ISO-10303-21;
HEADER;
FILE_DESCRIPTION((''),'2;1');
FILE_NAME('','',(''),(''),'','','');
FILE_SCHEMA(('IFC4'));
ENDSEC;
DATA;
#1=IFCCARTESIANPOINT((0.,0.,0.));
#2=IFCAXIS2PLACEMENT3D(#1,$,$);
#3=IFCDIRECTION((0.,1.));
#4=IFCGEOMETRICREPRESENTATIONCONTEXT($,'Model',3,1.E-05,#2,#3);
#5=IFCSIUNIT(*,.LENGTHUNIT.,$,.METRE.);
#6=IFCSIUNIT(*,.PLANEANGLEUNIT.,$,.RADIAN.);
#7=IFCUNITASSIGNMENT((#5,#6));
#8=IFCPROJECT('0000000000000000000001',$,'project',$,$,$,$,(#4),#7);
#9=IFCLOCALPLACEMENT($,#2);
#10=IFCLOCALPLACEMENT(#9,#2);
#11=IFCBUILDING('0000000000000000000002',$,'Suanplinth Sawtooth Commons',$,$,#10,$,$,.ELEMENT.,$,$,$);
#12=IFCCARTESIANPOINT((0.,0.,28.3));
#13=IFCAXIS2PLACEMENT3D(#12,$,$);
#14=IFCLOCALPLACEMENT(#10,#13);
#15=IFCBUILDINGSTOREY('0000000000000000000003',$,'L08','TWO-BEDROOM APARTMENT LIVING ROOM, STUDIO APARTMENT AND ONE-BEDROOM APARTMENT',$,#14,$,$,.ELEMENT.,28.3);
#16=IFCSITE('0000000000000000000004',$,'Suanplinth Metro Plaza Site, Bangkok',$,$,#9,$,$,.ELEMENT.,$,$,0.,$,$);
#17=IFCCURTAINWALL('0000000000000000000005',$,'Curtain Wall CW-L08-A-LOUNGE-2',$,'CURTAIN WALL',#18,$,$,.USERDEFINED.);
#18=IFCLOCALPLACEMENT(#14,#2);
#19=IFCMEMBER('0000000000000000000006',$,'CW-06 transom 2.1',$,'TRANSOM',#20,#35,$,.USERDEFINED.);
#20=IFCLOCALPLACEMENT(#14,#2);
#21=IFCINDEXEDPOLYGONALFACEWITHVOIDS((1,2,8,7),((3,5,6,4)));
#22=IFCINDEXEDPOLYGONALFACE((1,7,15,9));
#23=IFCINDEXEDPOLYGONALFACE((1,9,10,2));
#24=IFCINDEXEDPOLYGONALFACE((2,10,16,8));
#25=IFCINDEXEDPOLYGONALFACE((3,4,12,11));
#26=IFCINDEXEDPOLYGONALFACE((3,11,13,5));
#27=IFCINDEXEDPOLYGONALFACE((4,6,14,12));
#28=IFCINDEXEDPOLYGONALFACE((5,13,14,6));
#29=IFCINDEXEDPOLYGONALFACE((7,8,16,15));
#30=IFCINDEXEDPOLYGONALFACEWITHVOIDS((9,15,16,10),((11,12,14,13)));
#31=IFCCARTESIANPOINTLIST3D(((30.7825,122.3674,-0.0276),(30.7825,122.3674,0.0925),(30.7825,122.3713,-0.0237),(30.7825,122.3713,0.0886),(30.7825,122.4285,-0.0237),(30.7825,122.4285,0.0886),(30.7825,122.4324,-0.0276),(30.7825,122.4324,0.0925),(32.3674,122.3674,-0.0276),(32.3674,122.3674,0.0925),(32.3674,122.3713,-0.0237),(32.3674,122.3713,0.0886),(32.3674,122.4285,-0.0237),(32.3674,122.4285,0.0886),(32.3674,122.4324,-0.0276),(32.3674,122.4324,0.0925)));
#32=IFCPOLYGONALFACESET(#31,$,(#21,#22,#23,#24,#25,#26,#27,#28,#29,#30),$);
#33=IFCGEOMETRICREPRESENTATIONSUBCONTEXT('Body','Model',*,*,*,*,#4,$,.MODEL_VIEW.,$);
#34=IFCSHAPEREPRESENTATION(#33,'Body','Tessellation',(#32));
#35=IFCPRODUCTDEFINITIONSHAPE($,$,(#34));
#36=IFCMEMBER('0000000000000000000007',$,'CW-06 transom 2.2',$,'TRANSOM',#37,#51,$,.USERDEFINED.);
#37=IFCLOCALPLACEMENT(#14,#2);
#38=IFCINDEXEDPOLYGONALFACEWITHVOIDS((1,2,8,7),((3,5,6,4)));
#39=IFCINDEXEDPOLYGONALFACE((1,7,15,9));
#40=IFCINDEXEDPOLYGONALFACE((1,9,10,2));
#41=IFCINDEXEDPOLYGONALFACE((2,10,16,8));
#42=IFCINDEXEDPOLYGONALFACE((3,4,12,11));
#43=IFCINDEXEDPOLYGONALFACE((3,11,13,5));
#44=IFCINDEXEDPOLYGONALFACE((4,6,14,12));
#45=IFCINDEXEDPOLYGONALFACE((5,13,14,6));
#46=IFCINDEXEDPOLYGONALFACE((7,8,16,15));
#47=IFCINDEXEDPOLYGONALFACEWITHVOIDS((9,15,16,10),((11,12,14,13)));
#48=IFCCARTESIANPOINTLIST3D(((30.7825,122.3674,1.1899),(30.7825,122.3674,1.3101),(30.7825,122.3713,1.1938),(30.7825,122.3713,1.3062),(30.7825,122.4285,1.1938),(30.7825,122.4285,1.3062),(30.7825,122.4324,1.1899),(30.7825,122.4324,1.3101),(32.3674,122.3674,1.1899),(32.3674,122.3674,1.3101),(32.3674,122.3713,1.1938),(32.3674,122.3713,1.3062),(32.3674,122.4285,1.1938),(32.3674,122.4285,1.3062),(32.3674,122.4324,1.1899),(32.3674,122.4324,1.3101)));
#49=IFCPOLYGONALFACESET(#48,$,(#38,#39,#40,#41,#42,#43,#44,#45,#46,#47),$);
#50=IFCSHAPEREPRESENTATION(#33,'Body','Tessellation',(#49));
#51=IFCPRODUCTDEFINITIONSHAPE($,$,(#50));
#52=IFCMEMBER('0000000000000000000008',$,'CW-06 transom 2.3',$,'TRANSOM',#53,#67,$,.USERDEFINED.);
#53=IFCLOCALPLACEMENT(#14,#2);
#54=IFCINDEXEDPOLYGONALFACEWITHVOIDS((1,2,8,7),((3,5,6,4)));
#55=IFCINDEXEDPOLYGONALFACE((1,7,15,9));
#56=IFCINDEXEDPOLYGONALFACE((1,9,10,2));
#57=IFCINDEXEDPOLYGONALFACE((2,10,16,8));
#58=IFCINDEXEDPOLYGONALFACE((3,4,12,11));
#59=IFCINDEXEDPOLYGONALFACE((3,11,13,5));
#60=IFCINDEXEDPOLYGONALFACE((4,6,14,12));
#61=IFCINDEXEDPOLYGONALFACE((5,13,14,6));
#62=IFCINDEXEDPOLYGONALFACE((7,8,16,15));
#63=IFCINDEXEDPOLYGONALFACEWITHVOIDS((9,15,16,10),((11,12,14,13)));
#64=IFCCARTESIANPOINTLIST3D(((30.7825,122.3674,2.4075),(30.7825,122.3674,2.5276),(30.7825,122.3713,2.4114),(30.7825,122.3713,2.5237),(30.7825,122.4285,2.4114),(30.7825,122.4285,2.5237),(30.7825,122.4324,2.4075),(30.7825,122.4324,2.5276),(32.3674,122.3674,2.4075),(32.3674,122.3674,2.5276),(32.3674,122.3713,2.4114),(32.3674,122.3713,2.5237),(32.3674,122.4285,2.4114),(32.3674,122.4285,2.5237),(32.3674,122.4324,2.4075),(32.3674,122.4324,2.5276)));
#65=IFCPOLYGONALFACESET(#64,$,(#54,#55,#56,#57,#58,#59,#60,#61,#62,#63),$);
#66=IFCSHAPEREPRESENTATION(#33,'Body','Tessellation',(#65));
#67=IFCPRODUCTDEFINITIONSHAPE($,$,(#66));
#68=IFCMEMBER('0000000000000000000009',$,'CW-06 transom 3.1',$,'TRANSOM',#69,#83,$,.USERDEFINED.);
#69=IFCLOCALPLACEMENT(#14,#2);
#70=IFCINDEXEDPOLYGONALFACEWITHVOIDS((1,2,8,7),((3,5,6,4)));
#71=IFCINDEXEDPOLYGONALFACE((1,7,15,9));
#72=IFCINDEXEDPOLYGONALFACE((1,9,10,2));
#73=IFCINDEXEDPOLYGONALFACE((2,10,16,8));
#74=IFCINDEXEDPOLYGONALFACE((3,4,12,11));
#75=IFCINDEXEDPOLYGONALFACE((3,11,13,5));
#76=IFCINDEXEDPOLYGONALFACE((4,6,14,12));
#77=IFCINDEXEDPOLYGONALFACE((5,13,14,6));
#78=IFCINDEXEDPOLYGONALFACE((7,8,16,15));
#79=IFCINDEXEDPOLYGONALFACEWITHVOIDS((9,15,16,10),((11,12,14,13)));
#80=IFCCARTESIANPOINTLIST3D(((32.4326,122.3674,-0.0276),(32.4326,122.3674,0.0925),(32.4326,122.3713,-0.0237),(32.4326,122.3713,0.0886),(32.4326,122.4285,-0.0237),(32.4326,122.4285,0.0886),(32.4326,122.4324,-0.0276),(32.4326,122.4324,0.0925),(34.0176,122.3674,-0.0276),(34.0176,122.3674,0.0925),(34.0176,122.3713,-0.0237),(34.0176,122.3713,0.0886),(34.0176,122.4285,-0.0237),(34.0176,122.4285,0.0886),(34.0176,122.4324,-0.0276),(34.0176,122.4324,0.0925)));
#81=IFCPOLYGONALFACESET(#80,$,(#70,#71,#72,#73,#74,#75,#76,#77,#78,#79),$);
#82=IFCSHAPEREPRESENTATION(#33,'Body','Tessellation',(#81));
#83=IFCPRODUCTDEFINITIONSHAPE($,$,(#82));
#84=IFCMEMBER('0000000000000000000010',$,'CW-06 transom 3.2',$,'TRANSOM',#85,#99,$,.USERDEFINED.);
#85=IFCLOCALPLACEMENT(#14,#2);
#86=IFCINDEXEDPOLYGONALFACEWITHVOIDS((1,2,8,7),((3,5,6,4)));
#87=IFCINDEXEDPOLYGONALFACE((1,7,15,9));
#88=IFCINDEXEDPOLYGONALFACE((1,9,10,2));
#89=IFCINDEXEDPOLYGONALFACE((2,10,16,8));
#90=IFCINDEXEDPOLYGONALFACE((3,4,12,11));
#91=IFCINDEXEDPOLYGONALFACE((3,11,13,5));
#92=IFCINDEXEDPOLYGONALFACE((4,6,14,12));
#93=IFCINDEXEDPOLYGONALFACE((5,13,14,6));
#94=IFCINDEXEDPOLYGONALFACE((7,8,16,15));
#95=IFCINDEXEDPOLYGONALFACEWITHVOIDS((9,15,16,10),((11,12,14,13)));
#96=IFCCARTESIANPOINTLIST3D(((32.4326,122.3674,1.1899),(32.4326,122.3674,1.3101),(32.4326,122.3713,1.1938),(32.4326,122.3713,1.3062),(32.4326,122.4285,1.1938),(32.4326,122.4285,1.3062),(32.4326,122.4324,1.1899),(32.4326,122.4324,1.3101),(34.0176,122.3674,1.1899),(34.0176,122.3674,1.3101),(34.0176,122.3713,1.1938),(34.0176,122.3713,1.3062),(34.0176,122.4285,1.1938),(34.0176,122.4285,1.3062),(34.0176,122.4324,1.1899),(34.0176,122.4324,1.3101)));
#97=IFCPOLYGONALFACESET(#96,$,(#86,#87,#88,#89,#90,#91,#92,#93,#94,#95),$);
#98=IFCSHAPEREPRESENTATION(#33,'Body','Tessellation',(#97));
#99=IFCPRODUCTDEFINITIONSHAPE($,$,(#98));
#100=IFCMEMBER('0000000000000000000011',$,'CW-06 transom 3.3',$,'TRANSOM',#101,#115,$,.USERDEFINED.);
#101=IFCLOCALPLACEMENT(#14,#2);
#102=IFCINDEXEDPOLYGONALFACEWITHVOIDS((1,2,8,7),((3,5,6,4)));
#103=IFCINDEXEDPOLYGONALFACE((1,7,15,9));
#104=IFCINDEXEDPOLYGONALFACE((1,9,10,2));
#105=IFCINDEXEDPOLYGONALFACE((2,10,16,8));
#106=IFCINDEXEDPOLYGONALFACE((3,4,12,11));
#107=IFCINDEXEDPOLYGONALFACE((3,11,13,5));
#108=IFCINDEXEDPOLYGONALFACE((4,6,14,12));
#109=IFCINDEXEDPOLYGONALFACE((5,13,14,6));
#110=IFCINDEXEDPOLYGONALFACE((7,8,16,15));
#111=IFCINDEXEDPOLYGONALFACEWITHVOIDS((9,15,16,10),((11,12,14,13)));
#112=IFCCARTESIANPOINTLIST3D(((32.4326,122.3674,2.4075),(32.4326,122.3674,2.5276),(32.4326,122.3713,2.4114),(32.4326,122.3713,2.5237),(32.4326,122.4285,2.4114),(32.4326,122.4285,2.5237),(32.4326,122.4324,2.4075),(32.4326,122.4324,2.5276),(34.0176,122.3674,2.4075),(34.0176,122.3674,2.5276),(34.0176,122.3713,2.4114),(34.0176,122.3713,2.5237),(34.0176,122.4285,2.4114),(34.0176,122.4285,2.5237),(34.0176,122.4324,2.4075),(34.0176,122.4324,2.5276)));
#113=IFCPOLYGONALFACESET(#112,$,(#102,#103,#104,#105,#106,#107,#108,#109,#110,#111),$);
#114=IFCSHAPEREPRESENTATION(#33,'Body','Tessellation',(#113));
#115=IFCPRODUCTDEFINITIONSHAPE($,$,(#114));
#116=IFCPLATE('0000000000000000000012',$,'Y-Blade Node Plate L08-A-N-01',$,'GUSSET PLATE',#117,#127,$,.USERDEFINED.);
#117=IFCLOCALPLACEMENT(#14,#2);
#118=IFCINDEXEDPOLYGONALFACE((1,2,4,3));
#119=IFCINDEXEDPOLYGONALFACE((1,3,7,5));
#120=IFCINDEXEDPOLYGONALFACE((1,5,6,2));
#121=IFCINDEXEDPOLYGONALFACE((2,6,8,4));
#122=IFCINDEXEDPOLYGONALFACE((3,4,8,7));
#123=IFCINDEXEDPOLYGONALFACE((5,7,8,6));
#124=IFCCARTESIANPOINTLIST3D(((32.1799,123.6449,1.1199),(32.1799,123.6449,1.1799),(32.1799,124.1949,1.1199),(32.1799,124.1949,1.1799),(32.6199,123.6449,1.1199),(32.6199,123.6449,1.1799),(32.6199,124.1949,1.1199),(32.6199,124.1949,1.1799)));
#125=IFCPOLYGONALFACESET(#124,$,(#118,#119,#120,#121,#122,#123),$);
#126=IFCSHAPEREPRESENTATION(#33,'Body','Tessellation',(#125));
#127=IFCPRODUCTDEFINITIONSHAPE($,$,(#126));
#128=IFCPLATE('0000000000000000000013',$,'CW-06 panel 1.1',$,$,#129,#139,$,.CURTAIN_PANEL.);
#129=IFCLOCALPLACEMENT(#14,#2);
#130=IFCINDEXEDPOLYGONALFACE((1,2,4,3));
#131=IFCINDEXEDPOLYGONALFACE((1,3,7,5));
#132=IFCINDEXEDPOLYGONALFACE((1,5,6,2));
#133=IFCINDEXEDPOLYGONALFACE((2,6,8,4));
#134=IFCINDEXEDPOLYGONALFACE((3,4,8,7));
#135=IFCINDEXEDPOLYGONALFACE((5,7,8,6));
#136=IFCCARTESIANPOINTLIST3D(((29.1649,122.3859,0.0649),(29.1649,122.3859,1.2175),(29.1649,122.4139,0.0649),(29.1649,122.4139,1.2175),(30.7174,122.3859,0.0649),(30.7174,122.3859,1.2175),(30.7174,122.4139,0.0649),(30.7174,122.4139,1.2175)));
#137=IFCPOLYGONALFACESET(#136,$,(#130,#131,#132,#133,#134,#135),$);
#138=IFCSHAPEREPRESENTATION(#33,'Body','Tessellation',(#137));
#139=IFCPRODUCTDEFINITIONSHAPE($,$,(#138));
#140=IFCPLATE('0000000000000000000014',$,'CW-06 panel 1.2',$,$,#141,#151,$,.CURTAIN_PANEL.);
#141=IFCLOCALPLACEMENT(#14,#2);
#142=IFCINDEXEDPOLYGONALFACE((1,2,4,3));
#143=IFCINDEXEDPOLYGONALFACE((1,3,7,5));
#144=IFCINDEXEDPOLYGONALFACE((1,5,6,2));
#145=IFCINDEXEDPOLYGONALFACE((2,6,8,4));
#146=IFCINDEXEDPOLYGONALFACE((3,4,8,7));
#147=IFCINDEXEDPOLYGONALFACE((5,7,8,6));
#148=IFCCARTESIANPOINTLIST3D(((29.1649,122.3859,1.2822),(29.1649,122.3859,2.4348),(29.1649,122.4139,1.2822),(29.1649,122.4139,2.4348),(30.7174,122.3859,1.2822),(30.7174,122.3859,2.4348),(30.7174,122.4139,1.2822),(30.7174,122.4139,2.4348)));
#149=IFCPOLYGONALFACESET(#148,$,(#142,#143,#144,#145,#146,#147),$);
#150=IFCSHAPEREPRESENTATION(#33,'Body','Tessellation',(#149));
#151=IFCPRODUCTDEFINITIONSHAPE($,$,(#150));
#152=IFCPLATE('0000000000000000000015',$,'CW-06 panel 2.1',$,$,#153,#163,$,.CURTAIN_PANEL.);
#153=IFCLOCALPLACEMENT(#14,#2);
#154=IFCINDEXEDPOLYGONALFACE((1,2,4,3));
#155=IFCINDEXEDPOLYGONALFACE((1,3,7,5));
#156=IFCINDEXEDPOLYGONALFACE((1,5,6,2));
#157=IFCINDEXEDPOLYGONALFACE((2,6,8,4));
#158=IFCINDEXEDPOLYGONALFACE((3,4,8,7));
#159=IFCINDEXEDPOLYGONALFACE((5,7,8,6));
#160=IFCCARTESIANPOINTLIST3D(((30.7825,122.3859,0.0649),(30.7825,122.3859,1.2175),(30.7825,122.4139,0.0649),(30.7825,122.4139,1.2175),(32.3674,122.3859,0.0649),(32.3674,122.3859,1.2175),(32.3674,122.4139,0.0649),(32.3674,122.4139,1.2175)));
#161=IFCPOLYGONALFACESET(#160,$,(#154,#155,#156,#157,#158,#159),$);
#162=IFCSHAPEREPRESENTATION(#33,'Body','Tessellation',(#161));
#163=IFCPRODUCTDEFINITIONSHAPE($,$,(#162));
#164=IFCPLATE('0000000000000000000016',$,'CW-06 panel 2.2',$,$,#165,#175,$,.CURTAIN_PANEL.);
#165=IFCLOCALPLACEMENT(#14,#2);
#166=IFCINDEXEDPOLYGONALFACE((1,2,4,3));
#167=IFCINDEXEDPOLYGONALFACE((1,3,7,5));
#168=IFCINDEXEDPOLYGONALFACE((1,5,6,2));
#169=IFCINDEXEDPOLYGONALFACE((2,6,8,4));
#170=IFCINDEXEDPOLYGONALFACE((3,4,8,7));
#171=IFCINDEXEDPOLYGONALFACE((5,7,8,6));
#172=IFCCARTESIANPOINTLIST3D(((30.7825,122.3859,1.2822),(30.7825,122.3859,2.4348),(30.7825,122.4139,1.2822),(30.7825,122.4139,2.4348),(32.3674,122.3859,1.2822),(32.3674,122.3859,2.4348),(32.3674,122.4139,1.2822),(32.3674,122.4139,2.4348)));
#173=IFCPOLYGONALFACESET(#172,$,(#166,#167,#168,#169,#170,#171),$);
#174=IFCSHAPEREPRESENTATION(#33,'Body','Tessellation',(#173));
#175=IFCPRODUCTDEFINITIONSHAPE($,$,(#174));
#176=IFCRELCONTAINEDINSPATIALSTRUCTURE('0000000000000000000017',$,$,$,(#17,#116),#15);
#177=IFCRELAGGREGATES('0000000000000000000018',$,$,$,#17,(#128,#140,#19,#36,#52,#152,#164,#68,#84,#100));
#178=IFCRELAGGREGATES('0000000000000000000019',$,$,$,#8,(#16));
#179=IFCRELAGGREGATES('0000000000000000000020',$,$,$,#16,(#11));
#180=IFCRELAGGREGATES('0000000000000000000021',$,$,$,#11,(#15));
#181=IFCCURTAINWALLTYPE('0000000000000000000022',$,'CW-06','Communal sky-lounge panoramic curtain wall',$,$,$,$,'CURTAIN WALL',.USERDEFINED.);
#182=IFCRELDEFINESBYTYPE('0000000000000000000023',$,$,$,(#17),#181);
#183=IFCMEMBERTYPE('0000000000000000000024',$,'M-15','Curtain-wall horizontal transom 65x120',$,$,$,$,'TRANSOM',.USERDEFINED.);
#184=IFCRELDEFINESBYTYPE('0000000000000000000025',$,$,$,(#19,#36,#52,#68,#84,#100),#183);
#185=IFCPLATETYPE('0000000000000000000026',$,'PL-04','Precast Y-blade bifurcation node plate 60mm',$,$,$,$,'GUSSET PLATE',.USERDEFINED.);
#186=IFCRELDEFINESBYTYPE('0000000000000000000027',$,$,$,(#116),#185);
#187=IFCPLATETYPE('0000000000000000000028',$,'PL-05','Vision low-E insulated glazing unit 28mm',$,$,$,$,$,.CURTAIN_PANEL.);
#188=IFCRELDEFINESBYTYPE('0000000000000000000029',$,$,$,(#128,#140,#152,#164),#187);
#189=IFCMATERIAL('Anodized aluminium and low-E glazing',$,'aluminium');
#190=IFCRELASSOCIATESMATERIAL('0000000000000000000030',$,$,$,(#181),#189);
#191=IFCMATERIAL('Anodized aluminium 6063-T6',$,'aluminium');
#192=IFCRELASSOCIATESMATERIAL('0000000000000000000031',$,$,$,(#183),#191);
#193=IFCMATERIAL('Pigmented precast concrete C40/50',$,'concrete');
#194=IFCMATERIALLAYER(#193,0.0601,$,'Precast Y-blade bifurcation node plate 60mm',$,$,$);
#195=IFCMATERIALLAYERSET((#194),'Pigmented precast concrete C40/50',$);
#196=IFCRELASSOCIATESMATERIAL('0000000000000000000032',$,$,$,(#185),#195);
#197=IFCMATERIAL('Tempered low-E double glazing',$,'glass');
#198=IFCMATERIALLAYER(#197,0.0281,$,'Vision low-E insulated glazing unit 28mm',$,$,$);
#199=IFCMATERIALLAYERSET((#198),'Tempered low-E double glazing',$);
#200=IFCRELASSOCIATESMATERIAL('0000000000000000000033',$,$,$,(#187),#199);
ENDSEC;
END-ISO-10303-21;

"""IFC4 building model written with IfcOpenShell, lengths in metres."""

from ifc_helpers import new_model, si_unit, direction, frame, origin, origin_2d, place, context, subcontext, project, spatial, rectangle, hollow_rectangle, extrude, material, layer, layer_set, material_profile, profile_set, type_object, element, aggregate, save


model = new_model("IFC4")

# Units and contexts
model_context = context("Model", 3, precision=1e-05, world=origin(), true_north=direction((0.0, 1.0)))
body_context = subcontext(model_context, "Body", "Model", "MODEL_VIEW")
ifc_project = project(units=[si_unit("LENGTHUNIT", "METRE"), si_unit("PLANEANGLEUNIT", "RADIAN")], contexts=[model_context])

# Site, building, storey
site_placement = place(None, origin())
site = spatial("IfcSite", under=ifc_project, at=site_placement, Name="Suanplinth Metro Plaza Site, Bangkok", CompositionType="ELEMENT", RefElevation=0.0)
building_placement = place(site_placement, origin())
building = spatial("IfcBuilding", under=site, at=building_placement, Name="Suanplinth Sawtooth Commons", CompositionType="ELEMENT")
storey_placement = place(building_placement, frame((0.0, 0.0, 28.3)))
storey = spatial("IfcBuildingStorey", under=building, at=storey_placement, Name="L08", Description="TWO-BEDROOM APARTMENT LIVING ROOM, STUDIO APARTMENT AND ONE-BEDROOM APARTMENT", CompositionType="ELEMENT", Elevation=28.3)

# Shared definitions
ifc_material_1 = material(Name="Pigmented precast concrete C40/50", Category="concrete")

# Curtain wall, members
ifc_material_2 = material(Name="Anodized aluminium and low-E glazing", Category="aluminium")
curtain_wall_type = type_object("IfcCurtainWallType", Name="CW-06", Description="Communal sky-lounge panoramic curtain wall", ElementType="CURTAIN WALL", PredefinedType="USERDEFINED", material=ifc_material_2)
curtain_wall_placement = place(storey_placement, origin())
curtain_wall = element("IfcCurtainWall", 1, at=curtain_wall_placement, inside=storey, type_object=curtain_wall_type, Name="Curtain Wall CW-L08-A-LOUNGE-2", ObjectType="CURTAIN WALL", PredefinedType="USERDEFINED")
ifc_material_3 = material(Name="Anodized aluminium 6063-T6", Category="aluminium")
ifc_material_profile_1 = material_profile(ifc_material_3, hollow_rectangle(XDim=0.0649, YDim=0.1201, WallThickness=0.0039, at=origin_2d()), Name="ALU-TRN 65x120")
ifc_profile_set_1 = profile_set([ifc_material_profile_1], Name="Anodized aluminium 6063-T6")
member_type_1 = type_object("IfcMemberType", Name="M-15", Description="Curtain-wall horizontal transom 65x120", ElementType="TRANSOM", PredefinedType="USERDEFINED", material=ifc_profile_set_1)
member_1_placement = place(storey_placement, frame((30.7825, 122.3999, 0.0325), z_axis=(1.0, 0.0, 0.0), x_axis=(0.0, 1.0, 0.0)))
member_1 = element("IfcMember", 2, at=member_1_placement, type_object=member_type_1, Name="CW-06 transom 2.1", ObjectType="TRANSOM", PredefinedType="USERDEFINED", context=body_context, shape_type="SweptSolid", body=[
    extrude(hollow_rectangle(XDim=0.0649, YDim=0.1201, WallThickness=0.0039, at=origin_2d()), origin(), (0.0, 0.0, 1.0), 1.585),
])
member_2_placement = place(storey_placement, frame((30.7825, 122.3999, 1.25), z_axis=(1.0, 0.0, 0.0), x_axis=(0.0, 1.0, 0.0)))
member_2 = element("IfcMember", 3, at=member_2_placement, type_object=member_type_1, Name="CW-06 transom 2.2", ObjectType="TRANSOM", PredefinedType="USERDEFINED", context=body_context, shape_type="SweptSolid", body=[
    extrude(hollow_rectangle(XDim=0.0649, YDim=0.1201, WallThickness=0.0039, at=origin_2d()), origin(), (0.0, 0.0, 1.0), 1.585),
])
member_3_placement = place(storey_placement, frame((30.7825, 122.3999, 2.4675), z_axis=(1.0, 0.0, 0.0), x_axis=(0.0, 1.0, 0.0)))
member_3 = element("IfcMember", 4, at=member_3_placement, type_object=member_type_1, Name="CW-06 transom 2.3", ObjectType="TRANSOM", PredefinedType="USERDEFINED", context=body_context, shape_type="SweptSolid", body=[
    extrude(hollow_rectangle(XDim=0.0649, YDim=0.1201, WallThickness=0.0039, at=origin_2d()), origin(), (0.0, 0.0, 1.0), 1.585),
])
member_4_placement = place(storey_placement, frame((32.4326, 122.3999, 0.0325), z_axis=(1.0, 0.0, 0.0), x_axis=(0.0, 1.0, 0.0)))
member_4 = element("IfcMember", 5, at=member_4_placement, type_object=member_type_1, Name="CW-06 transom 3.1", ObjectType="TRANSOM", PredefinedType="USERDEFINED", context=body_context, shape_type="SweptSolid", body=[
    extrude(hollow_rectangle(XDim=0.0649, YDim=0.1201, WallThickness=0.0039, at=origin_2d()), origin(), (0.0, 0.0, 1.0), 1.585),
])
member_5_placement = place(storey_placement, frame((32.4326, 122.3999, 1.25), z_axis=(1.0, 0.0, 0.0), x_axis=(0.0, 1.0, 0.0)))
member_5 = element("IfcMember", 6, at=member_5_placement, type_object=member_type_1, Name="CW-06 transom 3.2", ObjectType="TRANSOM", PredefinedType="USERDEFINED", context=body_context, shape_type="SweptSolid", body=[
    extrude(hollow_rectangle(XDim=0.0649, YDim=0.1201, WallThickness=0.0039, at=origin_2d()), origin(), (0.0, 0.0, 1.0), 1.585),
])
member_6_placement = place(storey_placement, frame((32.4326, 122.3999, 2.4675), z_axis=(1.0, 0.0, 0.0), x_axis=(0.0, 1.0, 0.0)))
member_6 = element("IfcMember", 7, at=member_6_placement, type_object=member_type_1, Name="CW-06 transom 3.3", ObjectType="TRANSOM", PredefinedType="USERDEFINED", context=body_context, shape_type="SweptSolid", body=[
    extrude(hollow_rectangle(XDim=0.0649, YDim=0.1201, WallThickness=0.0039, at=origin_2d()), origin(), (0.0, 0.0, 1.0), 1.585),
])

# Plates
ifc_layer_1 = layer(ifc_material_1, 0.0601, Name="Precast Y-blade bifurcation node plate 60mm")
ifc_layer_set_1 = layer_set([ifc_layer_1], Name="Pigmented precast concrete C40/50")
plate_type_1 = type_object("IfcPlateType", Name="PL-04", Description="Precast Y-blade bifurcation node plate 60mm", ElementType="GUSSET PLATE", PredefinedType="USERDEFINED", material=ifc_layer_set_1)
plate_1_placement = place(storey_placement, frame((32.3999, 123.9199, 1.1199), z_axis=(0.0, 0.0, 1.0), x_axis=(1.0, 0.0, 0.0)))
element("IfcPlate", 8, at=plate_1_placement, inside=storey, type_object=plate_type_1, Name="Y-Blade Node Plate L08-A-N-01", ObjectType="GUSSET PLATE", PredefinedType="USERDEFINED", context=body_context, shape_type="SweptSolid", body=[
    extrude(rectangle(XDim=0.4399, YDim=0.55, at=origin_2d()), origin(), (0.0, 0.0, 1.0), 0.0601),
])
ifc_material_4 = material(Name="Tempered low-E double glazing", Category="glass")
ifc_layer_2 = layer(ifc_material_4, 0.0281, Name="Vision low-E insulated glazing unit 28mm")
ifc_layer_set_2 = layer_set([ifc_layer_2], Name="Tempered low-E double glazing")
plate_type_2 = type_object("IfcPlateType", Name="PL-05", Description="Vision low-E insulated glazing unit 28mm", PredefinedType="CURTAIN_PANEL", material=ifc_layer_set_2)
plate_2_placement = place(storey_placement, frame((29.9412, 122.3999, 0.0649), z_axis=(0.0, 0.0, 1.0), x_axis=(1.0, 0.0, 0.0)))
plate_2 = element("IfcPlate", 9, at=plate_2_placement, type_object=plate_type_2, Name="CW-06 panel 1.1", PredefinedType="CURTAIN_PANEL", context=body_context, shape_type="SweptSolid", body=[
    extrude(rectangle(XDim=1.5525, YDim=0.0281, at=origin_2d()), origin(), (0.0, 0.0, 1.0), 1.1526),
])
plate_3_placement = place(storey_placement, frame((29.9412, 122.3999, 1.2822), z_axis=(0.0, 0.0, 1.0), x_axis=(1.0, 0.0, 0.0)))
plate_3 = element("IfcPlate", 10, at=plate_3_placement, type_object=plate_type_2, Name="CW-06 panel 1.2", PredefinedType="CURTAIN_PANEL", context=body_context, shape_type="SweptSolid", body=[
    extrude(rectangle(XDim=1.5525, YDim=0.0281, at=origin_2d()), origin(), (0.0, 0.0, 1.0), 1.1526),
])
plate_4_placement = place(storey_placement, frame((31.575, 122.3999, 0.0649), z_axis=(0.0, 0.0, 1.0), x_axis=(1.0, 0.0, 0.0)))
plate_4 = element("IfcPlate", 11, at=plate_4_placement, type_object=plate_type_2, Name="CW-06 panel 2.1", PredefinedType="CURTAIN_PANEL", context=body_context, shape_type="SweptSolid", body=[
    extrude(rectangle(XDim=1.585, YDim=0.0281, at=origin_2d()), origin(), (0.0, 0.0, 1.0), 1.1526),
])
plate_5_placement = place(storey_placement, frame((31.575, 122.3999, 1.2822), z_axis=(0.0, 0.0, 1.0), x_axis=(1.0, 0.0, 0.0)))
plate_5 = element("IfcPlate", 12, at=plate_5_placement, type_object=plate_type_2, Name="CW-06 panel 2.2", PredefinedType="CURTAIN_PANEL", context=body_context, shape_type="SweptSolid", body=[
    extrude(rectangle(XDim=1.585, YDim=0.0281, at=origin_2d()), origin(), (0.0, 0.0, 1.0), 1.1526),
])
aggregate(curtain_wall, [plate_2, plate_3, member_1, member_2, member_3, plate_4, plate_5, member_4, member_5, member_6])

save(model, "model.ifc")
